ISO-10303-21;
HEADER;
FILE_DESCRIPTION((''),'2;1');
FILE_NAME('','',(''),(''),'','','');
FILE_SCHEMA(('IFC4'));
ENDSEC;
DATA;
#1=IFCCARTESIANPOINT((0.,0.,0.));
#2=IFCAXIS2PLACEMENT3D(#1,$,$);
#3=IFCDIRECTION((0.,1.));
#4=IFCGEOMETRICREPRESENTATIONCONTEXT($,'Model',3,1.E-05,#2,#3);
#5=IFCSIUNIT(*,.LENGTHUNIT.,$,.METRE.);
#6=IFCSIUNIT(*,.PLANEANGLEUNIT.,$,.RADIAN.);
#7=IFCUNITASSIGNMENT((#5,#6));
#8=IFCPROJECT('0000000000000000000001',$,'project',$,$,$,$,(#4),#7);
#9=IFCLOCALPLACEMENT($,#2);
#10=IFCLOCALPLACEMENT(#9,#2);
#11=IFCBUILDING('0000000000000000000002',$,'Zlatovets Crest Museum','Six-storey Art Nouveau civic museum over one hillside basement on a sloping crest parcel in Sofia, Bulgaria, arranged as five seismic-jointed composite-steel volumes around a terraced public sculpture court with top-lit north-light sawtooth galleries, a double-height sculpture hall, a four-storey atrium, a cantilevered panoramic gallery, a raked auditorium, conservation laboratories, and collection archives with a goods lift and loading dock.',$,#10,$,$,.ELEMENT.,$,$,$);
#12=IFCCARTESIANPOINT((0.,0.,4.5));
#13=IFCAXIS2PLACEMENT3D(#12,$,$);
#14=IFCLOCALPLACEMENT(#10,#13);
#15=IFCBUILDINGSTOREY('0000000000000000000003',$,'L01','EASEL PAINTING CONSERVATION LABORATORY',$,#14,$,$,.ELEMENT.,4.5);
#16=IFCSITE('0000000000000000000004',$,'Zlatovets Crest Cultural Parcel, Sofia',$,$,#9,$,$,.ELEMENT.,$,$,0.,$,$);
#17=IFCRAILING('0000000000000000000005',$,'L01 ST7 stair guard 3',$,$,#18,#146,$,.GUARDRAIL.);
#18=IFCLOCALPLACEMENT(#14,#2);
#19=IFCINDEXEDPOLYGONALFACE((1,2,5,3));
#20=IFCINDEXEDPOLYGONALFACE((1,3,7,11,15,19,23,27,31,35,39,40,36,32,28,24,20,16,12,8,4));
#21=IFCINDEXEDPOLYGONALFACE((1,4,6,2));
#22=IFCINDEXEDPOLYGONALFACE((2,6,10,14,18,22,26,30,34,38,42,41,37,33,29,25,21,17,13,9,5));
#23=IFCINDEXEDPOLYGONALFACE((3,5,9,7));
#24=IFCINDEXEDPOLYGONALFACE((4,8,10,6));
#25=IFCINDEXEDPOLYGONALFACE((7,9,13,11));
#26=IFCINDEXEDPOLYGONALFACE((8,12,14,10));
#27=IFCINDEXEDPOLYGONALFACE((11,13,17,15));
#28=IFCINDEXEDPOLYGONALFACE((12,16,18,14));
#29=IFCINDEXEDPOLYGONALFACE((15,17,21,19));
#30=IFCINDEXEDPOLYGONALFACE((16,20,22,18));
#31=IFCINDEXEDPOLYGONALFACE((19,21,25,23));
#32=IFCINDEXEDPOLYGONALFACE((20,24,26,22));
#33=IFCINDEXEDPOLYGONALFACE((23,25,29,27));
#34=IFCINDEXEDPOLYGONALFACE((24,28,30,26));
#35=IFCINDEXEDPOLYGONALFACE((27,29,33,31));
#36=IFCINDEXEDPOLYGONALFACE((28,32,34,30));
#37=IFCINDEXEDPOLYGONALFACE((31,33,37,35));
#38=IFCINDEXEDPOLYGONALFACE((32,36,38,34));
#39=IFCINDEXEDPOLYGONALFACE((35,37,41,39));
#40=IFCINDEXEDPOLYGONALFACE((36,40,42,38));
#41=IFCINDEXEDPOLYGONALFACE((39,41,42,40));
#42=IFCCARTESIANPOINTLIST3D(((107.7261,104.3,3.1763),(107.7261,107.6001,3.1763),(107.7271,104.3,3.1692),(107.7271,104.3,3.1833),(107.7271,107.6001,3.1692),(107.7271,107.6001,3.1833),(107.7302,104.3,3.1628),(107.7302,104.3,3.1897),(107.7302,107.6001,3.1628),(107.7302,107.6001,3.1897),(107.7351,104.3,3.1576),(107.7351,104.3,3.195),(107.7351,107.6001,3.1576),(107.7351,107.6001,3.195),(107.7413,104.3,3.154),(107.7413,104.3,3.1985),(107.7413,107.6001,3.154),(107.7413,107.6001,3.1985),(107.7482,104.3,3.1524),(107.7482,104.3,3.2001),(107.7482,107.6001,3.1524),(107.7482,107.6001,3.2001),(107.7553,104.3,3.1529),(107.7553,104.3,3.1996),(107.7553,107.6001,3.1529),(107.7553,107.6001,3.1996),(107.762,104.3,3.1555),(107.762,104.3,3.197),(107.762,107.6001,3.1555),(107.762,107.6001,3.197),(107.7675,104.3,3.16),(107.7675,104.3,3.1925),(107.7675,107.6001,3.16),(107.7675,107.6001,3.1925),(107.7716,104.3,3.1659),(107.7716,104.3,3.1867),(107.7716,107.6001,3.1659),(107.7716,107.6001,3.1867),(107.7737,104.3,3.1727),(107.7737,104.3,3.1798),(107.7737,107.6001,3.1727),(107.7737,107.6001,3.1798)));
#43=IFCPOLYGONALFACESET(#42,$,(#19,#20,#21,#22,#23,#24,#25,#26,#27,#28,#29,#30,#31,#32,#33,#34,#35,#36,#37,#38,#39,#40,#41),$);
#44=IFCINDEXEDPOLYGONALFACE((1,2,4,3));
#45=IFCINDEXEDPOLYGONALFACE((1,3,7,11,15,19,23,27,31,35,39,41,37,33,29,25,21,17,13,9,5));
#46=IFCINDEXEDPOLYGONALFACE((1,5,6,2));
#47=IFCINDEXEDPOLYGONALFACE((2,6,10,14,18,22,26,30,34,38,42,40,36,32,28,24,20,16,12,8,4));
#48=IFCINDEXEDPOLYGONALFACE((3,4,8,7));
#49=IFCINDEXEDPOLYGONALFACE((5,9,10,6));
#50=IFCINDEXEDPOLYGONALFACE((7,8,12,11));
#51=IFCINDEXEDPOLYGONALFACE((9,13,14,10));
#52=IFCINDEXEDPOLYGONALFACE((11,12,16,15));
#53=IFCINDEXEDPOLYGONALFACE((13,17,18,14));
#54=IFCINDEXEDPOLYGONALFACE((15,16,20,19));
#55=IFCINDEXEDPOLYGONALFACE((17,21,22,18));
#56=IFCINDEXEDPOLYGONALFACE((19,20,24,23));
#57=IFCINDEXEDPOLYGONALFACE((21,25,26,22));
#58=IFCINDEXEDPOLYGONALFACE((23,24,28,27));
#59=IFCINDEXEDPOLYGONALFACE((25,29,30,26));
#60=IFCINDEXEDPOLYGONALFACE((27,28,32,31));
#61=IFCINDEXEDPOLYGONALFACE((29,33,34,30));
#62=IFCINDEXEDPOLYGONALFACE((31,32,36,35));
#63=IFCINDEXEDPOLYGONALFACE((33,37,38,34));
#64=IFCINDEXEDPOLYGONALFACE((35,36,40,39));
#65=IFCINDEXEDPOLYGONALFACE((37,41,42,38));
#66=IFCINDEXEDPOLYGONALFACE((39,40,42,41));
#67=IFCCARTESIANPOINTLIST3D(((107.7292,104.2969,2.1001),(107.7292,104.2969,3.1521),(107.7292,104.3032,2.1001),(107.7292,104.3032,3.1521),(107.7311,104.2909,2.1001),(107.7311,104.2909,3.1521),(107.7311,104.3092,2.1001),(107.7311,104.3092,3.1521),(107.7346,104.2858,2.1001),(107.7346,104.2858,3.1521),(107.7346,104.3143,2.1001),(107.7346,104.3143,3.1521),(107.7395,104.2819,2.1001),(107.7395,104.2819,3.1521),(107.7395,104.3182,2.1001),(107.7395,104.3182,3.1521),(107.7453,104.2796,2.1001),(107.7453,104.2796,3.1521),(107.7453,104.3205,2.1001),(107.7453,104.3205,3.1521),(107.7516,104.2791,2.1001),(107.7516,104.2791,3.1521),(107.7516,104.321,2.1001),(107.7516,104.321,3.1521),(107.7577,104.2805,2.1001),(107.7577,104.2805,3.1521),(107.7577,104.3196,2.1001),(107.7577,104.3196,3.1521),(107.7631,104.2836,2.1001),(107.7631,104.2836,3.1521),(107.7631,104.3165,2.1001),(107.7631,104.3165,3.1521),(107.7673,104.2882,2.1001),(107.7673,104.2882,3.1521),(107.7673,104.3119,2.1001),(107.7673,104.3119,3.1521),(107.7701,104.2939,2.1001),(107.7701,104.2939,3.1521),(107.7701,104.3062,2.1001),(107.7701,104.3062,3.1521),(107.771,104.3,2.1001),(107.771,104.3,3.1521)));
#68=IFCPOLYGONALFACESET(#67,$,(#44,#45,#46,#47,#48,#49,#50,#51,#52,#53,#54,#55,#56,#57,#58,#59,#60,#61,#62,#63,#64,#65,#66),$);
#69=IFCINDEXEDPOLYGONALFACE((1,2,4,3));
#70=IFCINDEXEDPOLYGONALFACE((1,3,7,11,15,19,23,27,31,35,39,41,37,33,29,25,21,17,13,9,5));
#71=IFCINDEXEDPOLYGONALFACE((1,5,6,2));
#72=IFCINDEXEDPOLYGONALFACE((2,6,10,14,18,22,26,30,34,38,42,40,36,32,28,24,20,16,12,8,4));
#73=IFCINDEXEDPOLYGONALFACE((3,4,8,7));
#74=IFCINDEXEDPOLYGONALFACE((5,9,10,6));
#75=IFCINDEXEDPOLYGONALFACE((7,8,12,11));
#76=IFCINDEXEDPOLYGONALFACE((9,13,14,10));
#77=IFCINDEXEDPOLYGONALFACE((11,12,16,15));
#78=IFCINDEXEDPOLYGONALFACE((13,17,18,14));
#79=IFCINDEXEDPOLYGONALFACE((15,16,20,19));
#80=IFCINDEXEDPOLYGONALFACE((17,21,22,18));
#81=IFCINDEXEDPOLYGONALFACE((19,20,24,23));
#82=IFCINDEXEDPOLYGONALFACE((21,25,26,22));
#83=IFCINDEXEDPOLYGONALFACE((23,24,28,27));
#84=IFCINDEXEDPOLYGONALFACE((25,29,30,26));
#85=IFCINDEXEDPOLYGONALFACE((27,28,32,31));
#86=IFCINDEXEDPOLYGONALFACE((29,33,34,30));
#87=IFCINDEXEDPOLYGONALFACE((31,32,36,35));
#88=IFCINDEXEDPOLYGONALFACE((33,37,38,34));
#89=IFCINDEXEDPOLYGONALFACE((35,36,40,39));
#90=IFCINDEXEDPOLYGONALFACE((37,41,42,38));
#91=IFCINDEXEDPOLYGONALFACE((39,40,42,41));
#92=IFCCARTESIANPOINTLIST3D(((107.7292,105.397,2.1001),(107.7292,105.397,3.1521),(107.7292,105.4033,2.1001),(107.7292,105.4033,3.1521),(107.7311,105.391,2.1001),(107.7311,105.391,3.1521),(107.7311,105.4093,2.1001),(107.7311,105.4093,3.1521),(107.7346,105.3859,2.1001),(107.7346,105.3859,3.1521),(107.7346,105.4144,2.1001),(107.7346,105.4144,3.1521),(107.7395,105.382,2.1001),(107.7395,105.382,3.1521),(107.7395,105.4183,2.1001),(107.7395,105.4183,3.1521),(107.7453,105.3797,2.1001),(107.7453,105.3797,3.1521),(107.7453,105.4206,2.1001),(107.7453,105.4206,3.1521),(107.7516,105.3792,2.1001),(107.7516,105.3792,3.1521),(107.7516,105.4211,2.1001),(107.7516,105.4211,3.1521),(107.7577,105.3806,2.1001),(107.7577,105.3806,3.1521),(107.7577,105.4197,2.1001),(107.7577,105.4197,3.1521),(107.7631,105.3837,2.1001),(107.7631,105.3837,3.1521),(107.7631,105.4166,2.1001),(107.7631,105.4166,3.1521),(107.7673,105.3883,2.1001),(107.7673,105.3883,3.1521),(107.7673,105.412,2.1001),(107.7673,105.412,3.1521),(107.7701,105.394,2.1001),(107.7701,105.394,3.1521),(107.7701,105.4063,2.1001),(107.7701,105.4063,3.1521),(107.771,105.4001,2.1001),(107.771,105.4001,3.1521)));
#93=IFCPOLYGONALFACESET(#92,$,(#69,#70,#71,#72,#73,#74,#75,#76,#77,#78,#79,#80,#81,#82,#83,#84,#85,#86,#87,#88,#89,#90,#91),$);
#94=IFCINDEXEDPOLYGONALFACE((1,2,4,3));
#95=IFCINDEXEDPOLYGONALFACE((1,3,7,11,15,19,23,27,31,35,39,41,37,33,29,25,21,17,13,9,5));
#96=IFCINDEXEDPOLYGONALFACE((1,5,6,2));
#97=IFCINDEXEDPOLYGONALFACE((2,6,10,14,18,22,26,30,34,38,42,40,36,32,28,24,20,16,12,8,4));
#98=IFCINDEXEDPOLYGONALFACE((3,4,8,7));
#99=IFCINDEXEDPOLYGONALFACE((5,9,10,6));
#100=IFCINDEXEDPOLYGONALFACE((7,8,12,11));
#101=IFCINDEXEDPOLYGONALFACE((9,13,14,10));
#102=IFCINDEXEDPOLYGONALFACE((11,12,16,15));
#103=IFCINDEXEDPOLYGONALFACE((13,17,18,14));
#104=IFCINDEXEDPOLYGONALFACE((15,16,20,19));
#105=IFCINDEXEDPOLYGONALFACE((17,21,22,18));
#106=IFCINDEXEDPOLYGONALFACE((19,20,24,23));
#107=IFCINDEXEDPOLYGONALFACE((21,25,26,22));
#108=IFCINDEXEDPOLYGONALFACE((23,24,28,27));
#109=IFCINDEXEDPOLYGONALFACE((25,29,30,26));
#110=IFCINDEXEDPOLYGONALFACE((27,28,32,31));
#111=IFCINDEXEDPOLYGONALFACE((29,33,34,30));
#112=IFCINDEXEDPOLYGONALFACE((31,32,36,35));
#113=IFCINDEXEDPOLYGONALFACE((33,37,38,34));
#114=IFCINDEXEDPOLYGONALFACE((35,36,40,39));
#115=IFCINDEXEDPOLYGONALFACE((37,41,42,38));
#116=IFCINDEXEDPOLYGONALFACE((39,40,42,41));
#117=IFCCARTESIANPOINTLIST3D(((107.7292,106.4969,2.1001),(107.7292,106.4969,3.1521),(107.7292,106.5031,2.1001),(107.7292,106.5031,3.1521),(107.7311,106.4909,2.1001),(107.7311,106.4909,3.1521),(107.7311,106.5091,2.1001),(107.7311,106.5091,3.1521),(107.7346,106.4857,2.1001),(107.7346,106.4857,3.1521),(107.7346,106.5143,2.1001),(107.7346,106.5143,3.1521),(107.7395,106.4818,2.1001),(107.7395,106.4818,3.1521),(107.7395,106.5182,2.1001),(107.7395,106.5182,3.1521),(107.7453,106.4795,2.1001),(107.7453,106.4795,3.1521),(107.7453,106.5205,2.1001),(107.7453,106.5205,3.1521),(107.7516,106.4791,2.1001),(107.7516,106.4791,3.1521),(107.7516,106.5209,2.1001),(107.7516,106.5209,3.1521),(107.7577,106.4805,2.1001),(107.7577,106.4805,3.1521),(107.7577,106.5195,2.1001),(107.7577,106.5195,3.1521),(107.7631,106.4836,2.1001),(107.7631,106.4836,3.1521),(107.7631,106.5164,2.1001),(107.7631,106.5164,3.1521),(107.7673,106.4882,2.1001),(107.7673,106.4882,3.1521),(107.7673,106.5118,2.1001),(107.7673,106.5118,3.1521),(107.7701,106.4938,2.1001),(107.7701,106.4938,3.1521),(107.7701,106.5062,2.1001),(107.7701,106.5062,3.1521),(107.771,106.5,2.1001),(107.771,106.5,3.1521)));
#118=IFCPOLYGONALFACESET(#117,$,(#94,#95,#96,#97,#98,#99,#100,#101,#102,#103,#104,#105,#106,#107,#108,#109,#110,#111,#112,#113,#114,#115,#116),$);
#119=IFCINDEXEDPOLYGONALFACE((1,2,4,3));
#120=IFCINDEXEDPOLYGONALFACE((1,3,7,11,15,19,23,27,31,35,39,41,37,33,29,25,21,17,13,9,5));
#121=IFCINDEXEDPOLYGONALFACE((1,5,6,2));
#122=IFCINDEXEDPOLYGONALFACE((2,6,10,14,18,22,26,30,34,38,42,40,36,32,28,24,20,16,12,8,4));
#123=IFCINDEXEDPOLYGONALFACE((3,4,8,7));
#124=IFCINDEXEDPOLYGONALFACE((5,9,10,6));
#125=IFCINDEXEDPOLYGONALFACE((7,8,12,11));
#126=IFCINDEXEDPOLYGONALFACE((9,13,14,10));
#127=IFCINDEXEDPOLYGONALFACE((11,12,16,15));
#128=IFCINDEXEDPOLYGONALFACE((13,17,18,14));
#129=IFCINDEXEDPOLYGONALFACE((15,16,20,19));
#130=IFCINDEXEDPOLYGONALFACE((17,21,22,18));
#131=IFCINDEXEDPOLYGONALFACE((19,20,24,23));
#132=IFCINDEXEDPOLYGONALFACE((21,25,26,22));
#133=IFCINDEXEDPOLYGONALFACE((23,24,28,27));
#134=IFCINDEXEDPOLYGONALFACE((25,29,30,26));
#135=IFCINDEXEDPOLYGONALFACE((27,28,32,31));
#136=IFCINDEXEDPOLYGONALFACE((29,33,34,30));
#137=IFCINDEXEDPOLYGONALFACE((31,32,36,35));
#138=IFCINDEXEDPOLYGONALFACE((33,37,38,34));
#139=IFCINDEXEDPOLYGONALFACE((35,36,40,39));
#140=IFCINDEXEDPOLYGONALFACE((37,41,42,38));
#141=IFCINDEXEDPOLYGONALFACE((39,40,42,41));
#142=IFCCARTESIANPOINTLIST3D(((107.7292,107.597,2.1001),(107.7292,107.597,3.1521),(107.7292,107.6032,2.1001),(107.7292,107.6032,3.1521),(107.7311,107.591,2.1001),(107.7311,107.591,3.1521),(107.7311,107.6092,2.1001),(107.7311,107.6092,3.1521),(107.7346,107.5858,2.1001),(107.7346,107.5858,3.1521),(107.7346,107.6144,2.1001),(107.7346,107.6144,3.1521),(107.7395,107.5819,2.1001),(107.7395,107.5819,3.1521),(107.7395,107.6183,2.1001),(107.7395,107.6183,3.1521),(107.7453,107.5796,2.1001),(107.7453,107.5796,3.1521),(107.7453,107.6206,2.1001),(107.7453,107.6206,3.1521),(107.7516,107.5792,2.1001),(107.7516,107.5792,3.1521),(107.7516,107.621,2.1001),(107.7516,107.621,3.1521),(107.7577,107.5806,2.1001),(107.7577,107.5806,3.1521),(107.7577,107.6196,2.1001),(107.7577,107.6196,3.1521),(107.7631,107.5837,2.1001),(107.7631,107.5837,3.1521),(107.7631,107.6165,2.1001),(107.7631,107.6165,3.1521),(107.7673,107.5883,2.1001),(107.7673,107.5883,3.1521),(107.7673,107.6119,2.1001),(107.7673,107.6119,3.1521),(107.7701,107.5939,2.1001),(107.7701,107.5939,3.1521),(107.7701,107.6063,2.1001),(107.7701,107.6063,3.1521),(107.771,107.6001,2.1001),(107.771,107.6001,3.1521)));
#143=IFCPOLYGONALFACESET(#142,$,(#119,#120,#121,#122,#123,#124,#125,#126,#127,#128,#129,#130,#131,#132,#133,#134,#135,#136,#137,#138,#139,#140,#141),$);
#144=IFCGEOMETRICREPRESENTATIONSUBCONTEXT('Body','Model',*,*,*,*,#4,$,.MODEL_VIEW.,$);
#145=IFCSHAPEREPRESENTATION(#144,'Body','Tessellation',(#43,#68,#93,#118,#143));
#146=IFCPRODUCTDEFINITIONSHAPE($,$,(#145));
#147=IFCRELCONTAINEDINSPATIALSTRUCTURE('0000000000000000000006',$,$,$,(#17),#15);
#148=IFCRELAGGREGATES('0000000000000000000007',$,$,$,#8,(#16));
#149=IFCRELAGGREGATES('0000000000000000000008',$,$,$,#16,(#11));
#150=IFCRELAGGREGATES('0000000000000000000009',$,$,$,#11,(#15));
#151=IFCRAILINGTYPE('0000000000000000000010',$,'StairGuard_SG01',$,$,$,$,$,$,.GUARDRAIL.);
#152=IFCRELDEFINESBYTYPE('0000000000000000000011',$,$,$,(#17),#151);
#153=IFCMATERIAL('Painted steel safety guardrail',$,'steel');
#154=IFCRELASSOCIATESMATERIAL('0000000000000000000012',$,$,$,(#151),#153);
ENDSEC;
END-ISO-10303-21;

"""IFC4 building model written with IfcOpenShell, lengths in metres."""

from ifc_helpers import new_model, si_unit, direction, frame, origin, origin_2d, place, context, subcontext, project, spatial, circle, extrude, material, type_object, element, save


model = new_model("IFC4")

# Units and contexts
model_context = context("Model", 3, precision=1e-05, world=origin(), true_north=direction((0.0, 1.0)))
body_context = subcontext(model_context, "Body", "Model", "MODEL_VIEW")
ifc_project = project(units=[si_unit("LENGTHUNIT", "METRE"), si_unit("PLANEANGLEUNIT", "RADIAN")], contexts=[model_context])

# Site, building, storey
site_placement = place(None, origin())
site = spatial("IfcSite", under=ifc_project, at=site_placement, Name="Zlatovets Crest Cultural Parcel, Sofia", CompositionType="ELEMENT", RefElevation=0.0)
building_placement = place(site_placement, origin())
building = spatial("IfcBuilding", under=site, at=building_placement, Name="Zlatovets Crest Museum", Description="Six-storey Art Nouveau civic museum over one hillside basement on a sloping crest parcel in Sofia, Bulgaria, arranged as five seismic-jointed composite-steel volumes around a terraced public sculpture court with top-lit north-light sawtooth galleries, a double-height sculpture hall, a four-storey atrium, a cantilevered panoramic gallery, a raked auditorium, conservation laboratories, and collection archives with a goods lift and loading dock.", CompositionType="ELEMENT")
storey_placement = place(building_placement, frame((0.0, 0.0, 4.5)))
storey = spatial("IfcBuildingStorey", under=building, at=storey_placement, Name="L01", Description="EASEL PAINTING CONSERVATION LABORATORY", CompositionType="ELEMENT", Elevation=4.5)

# Railing
ifc_material_1 = material(Name="Painted steel safety guardrail", Category="steel")
railing_type_1 = type_object("IfcRailingType", Name="StairGuard_SG01", PredefinedType="GUARDRAIL", material=ifc_material_1)
for number, where, name in (
    (1, (107.75, 104.3, 2.1001), "L01 ST7 stair guard 3"),
):
    element("IfcRailing", number, at=place(storey_placement, frame(where)), inside=storey, type_object=railing_type_1, Name=name, PredefinedType="GUARDRAIL", context=body_context, shape_type="SweptSolid", body=[
        extrude(circle(Radius=0.0239, at=origin_2d()), frame((0.0, 0.0, 1.0762), z_axis=(0.0, 1.0, 0.0), x_axis=(-1.0, 0.0, 0.0)), (0.0, 0.0, 1.0), 3.3),
        extrude(circle(Radius=0.021, at=origin_2d()), origin(), (0.0, 0.0, 1.0), 1.052),
        extrude(circle(Radius=0.021, at=origin_2d()), frame((0.0, 1.1001, 0.0)), (0.0, 0.0, 1.0), 1.052),
        extrude(circle(Radius=0.021, at=origin_2d()), frame((0.0, 2.2, 0.0)), (0.0, 0.0, 1.0), 1.052),
        extrude(circle(Radius=0.021, at=origin_2d()), frame((0.0, 3.3, 0.0)), (0.0, 0.0, 1.0), 1.052),
    ])

save(model, "model.ifc")
